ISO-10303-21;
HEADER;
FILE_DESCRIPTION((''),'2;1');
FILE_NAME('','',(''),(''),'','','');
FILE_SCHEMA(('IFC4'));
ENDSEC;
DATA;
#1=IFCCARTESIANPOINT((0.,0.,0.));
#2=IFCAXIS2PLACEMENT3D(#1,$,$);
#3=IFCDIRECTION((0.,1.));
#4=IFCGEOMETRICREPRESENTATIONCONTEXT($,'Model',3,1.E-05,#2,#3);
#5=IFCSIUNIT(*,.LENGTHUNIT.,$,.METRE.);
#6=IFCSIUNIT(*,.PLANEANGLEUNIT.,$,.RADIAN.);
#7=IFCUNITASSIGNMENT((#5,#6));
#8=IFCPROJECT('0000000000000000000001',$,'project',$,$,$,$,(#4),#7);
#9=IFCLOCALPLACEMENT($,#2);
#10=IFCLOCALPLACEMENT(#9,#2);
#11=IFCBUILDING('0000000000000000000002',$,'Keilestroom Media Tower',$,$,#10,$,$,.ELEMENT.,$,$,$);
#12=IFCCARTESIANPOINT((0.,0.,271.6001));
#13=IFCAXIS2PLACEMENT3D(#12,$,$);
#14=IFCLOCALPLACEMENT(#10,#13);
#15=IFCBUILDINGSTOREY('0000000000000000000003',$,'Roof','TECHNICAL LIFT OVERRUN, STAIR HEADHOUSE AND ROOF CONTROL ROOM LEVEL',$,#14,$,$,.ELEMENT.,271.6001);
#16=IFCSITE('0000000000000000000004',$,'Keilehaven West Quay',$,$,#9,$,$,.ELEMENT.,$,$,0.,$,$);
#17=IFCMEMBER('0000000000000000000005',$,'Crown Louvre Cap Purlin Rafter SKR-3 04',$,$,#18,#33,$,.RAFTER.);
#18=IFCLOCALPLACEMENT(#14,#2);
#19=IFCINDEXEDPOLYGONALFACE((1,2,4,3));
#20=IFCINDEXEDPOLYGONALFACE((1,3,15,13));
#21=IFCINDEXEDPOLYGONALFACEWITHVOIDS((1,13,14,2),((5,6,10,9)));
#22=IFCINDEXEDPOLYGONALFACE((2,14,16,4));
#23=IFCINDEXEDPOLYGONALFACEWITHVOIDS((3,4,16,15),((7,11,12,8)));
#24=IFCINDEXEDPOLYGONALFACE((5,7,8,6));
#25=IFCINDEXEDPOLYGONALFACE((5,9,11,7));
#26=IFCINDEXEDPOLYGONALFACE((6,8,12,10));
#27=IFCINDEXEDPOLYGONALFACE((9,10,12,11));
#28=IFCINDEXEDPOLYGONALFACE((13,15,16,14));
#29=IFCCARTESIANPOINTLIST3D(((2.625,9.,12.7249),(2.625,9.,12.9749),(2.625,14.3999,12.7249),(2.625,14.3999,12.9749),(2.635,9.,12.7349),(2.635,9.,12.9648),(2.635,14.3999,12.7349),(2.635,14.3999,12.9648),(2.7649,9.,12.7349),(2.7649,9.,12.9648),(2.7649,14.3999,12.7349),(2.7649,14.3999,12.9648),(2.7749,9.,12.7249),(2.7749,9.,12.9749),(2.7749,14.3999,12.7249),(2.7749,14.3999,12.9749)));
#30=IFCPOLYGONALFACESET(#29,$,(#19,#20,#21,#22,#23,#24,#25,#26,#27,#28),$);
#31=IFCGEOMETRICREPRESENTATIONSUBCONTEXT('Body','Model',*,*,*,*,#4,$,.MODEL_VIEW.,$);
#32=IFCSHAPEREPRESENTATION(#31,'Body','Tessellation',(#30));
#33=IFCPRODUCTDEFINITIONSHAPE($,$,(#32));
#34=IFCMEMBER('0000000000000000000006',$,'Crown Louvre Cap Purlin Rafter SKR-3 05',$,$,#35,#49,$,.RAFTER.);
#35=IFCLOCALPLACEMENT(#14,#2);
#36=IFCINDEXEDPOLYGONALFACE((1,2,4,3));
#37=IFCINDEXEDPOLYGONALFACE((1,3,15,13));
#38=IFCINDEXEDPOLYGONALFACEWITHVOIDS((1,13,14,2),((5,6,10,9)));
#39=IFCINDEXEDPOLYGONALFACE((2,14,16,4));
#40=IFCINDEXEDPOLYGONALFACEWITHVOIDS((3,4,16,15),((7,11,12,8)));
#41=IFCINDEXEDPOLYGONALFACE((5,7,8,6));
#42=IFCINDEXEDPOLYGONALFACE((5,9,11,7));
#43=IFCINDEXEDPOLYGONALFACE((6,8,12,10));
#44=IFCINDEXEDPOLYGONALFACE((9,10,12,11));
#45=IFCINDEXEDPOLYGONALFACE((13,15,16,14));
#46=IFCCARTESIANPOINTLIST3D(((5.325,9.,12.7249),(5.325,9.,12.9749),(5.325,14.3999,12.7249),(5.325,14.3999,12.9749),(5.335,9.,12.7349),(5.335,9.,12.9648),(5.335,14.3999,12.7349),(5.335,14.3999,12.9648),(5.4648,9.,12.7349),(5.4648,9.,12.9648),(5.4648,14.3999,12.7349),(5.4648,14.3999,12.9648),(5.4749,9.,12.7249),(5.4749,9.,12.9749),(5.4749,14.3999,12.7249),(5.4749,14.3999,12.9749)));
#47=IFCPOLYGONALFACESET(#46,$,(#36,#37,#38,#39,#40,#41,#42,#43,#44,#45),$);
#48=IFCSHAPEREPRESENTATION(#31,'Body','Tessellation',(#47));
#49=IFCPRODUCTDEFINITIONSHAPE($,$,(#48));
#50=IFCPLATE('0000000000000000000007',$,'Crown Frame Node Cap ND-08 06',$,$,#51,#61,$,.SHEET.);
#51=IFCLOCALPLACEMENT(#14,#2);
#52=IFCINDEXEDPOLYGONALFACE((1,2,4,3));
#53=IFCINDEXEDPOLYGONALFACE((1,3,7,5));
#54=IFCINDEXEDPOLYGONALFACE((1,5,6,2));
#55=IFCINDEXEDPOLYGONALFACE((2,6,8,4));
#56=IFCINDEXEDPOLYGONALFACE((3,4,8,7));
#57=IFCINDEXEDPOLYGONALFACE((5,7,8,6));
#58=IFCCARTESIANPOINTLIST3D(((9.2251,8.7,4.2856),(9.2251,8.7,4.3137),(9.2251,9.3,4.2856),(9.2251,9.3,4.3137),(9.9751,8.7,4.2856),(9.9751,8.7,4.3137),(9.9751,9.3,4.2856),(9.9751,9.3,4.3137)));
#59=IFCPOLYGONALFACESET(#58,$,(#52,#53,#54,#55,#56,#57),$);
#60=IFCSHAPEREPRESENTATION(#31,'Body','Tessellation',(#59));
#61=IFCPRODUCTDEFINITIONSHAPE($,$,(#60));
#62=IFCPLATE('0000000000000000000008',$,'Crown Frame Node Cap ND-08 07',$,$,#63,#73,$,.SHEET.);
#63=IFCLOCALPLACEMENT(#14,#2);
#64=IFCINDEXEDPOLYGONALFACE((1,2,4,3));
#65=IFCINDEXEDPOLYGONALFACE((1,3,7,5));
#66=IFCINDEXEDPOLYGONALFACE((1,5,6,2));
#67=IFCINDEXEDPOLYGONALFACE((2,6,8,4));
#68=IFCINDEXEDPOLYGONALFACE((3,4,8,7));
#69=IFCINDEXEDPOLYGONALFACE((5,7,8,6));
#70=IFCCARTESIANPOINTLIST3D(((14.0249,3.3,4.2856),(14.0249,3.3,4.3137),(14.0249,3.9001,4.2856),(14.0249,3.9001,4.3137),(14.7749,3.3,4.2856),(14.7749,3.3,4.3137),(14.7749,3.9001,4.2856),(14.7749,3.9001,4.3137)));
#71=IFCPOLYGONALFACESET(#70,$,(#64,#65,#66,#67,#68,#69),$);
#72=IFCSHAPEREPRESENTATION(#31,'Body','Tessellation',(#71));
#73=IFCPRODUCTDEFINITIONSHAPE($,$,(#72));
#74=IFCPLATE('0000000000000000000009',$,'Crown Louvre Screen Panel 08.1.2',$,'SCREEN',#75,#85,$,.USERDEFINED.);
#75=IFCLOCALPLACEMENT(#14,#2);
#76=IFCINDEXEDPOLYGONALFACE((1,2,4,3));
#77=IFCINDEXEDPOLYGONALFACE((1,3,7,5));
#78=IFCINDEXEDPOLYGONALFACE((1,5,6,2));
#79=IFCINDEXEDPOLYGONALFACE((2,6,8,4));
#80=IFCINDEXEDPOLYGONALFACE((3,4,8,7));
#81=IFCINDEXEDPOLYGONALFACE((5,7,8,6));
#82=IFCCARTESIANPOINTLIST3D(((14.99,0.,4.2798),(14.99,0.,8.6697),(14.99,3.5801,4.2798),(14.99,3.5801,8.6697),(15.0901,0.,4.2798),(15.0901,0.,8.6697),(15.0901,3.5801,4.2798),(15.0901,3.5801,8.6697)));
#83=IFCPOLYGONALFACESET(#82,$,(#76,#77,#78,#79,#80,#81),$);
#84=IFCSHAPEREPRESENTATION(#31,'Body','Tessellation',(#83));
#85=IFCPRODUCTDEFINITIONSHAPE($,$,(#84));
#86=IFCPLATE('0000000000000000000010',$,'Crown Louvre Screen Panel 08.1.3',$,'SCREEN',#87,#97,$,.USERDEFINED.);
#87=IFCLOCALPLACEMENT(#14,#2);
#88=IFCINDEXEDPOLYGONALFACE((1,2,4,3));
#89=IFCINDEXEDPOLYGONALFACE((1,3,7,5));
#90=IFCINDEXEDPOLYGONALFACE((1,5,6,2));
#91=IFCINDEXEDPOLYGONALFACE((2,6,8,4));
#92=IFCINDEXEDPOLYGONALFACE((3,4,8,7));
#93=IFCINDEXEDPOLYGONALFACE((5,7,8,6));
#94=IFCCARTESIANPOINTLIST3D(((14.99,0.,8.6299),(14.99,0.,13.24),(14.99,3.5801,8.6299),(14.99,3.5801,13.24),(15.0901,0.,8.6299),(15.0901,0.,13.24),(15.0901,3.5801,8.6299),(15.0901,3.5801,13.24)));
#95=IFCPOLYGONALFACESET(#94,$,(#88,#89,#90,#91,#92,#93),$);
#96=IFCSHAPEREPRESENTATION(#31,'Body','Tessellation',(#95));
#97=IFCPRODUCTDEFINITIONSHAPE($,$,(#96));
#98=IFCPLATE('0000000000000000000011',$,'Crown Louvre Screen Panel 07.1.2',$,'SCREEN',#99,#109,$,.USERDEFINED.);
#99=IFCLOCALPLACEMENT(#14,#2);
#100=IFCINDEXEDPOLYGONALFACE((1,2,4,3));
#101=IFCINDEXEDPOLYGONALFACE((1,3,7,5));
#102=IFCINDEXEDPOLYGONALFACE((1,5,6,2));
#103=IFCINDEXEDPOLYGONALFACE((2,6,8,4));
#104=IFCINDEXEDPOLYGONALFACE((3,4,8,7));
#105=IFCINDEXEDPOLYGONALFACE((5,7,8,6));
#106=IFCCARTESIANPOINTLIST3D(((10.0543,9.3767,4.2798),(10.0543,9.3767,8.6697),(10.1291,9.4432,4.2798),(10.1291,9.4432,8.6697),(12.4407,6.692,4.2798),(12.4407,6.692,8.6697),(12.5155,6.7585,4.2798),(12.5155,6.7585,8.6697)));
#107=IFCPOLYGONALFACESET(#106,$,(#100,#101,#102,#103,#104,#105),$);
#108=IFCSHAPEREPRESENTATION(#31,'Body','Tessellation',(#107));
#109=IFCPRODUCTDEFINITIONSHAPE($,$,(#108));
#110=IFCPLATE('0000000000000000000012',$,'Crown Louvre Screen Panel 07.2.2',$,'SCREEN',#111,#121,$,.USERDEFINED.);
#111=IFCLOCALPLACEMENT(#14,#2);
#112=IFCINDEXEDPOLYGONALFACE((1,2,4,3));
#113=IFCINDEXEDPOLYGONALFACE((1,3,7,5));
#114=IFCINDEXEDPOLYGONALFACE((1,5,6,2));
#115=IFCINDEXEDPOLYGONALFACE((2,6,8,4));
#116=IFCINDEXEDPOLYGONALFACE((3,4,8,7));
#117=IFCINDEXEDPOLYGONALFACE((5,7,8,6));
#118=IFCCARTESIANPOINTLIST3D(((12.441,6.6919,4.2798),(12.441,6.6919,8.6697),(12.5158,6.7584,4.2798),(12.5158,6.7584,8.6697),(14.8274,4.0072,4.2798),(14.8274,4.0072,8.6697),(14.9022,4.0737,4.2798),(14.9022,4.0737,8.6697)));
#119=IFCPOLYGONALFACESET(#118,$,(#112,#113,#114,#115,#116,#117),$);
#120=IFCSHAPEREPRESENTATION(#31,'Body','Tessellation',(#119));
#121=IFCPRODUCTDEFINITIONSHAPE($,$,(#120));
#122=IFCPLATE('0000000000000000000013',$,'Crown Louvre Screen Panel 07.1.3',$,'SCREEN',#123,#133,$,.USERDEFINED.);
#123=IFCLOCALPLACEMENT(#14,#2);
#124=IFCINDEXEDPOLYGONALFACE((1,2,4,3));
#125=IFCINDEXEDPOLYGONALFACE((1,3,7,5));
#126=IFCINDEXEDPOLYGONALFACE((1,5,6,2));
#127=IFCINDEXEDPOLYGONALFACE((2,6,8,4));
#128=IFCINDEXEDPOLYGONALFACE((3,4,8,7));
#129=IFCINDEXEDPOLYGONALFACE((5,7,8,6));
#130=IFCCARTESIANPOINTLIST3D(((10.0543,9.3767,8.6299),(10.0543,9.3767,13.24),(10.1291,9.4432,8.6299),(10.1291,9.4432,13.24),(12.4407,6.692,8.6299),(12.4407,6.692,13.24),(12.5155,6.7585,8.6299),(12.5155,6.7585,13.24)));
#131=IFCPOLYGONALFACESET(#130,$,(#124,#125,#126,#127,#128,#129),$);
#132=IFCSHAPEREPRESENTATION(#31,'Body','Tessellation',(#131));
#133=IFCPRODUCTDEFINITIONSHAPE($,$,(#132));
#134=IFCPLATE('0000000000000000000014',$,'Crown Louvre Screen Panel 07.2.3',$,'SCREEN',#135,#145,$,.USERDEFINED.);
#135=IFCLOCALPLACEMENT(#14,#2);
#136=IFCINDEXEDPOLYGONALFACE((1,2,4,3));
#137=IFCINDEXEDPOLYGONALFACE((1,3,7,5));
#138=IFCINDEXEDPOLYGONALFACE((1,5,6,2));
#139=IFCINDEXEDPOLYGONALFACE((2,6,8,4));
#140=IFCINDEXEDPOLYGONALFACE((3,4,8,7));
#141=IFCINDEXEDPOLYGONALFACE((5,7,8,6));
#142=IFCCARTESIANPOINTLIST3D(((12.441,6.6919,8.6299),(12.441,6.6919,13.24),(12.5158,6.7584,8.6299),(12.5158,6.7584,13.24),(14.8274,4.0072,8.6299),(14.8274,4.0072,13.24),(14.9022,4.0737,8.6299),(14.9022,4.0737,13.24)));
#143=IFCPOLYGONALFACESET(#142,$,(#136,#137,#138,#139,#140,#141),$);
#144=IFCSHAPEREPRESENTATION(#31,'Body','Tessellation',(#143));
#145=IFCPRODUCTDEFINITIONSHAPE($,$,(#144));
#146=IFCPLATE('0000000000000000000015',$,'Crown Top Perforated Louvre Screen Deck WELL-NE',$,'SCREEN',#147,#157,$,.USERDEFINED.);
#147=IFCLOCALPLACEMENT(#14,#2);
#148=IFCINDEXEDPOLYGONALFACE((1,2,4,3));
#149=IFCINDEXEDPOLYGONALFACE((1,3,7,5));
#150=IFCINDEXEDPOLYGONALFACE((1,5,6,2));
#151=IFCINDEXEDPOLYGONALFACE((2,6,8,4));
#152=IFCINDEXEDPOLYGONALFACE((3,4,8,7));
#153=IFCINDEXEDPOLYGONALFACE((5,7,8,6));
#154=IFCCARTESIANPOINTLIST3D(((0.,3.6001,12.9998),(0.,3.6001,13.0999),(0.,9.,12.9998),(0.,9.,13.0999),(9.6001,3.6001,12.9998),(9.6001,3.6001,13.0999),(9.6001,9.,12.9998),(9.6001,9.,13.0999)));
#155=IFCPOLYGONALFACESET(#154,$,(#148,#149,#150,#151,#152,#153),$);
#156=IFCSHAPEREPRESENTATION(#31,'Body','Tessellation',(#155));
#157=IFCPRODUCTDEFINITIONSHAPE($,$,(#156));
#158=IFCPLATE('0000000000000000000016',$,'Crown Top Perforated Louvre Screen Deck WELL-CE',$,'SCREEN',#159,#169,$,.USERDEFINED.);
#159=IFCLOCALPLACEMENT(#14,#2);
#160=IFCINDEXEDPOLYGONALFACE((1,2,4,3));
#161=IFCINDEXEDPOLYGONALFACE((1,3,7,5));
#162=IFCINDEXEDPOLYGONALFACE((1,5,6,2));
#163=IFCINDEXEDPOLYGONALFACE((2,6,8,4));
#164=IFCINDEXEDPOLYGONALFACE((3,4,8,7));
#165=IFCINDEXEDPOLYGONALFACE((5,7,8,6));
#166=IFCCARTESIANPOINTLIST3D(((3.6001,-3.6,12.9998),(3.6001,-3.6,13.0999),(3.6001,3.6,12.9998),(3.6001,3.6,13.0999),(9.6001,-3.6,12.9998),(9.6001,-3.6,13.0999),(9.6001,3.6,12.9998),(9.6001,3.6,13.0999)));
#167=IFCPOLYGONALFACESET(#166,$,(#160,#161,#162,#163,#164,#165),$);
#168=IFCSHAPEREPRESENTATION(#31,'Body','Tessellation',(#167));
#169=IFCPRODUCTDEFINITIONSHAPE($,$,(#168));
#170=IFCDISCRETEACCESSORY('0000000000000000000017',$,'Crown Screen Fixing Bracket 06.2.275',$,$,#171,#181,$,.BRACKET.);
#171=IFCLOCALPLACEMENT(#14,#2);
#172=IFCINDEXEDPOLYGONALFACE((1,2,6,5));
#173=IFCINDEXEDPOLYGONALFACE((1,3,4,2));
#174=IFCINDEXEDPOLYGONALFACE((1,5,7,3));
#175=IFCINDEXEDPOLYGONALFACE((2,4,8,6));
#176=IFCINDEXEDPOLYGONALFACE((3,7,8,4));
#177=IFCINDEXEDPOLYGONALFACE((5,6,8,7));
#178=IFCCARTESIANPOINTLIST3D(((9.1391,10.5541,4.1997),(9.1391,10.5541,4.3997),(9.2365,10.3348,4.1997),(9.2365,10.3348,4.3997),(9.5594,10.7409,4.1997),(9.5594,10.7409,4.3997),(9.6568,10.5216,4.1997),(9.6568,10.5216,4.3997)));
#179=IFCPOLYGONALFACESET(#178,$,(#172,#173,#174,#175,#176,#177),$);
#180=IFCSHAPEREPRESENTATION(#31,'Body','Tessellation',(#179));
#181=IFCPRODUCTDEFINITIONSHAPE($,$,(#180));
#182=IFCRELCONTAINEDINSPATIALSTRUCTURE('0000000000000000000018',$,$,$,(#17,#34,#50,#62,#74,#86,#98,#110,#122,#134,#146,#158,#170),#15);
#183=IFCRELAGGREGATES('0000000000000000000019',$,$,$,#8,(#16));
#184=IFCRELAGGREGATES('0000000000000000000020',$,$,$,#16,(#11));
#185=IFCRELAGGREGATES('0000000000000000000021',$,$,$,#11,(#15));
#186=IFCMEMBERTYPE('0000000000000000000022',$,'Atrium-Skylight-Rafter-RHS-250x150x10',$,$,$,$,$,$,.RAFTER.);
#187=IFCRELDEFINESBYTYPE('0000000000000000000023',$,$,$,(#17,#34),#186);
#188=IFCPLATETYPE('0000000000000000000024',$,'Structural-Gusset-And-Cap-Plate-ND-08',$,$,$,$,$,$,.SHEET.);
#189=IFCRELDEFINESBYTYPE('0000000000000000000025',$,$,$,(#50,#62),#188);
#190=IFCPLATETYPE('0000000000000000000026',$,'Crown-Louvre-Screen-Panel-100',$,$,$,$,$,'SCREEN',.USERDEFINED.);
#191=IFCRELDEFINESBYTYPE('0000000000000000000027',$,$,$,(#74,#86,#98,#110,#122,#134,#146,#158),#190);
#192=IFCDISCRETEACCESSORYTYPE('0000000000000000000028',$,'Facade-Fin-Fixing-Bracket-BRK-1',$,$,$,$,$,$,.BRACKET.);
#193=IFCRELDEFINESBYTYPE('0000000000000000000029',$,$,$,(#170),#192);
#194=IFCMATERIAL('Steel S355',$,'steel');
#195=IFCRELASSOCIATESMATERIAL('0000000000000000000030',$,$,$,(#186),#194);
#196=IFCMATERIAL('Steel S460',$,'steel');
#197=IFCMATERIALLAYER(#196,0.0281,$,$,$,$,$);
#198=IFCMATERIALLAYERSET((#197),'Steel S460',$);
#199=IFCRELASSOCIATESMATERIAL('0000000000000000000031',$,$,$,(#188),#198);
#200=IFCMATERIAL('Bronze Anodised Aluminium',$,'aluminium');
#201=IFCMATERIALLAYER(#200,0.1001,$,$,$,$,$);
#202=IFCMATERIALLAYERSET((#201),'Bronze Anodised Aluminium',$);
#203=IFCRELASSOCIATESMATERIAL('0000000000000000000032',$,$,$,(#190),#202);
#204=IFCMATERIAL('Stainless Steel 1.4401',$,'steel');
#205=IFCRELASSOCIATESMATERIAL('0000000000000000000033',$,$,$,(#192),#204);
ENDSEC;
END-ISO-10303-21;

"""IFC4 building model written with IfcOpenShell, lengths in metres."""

from ifc_helpers import new_model, si_unit, direction, frame, origin, origin_2d, place, context, subcontext, project, spatial, rectangle, hollow_rectangle, extrude, source, transform, mapped, material, layer, layer_set, material_profile, profile_set, type_object, element, save


model = new_model("IFC4")

# Units and contexts
model_context = context("Model", 3, precision=1e-05, world=origin(), true_north=direction((0.0, 1.0)))
body_context = subcontext(model_context, "Body", "Model", "MODEL_VIEW")
ifc_project = project(units=[si_unit("LENGTHUNIT", "METRE"), si_unit("PLANEANGLEUNIT", "RADIAN")], contexts=[model_context])

# Site, building, storey
site_placement = place(None, origin())
site = spatial("IfcSite", under=ifc_project, at=site_placement, Name="Keilehaven West Quay", CompositionType="ELEMENT", RefElevation=0.0)
building_placement = place(site_placement, origin())
building = spatial("IfcBuilding", under=site, at=building_placement, Name="Keilestroom Media Tower", CompositionType="ELEMENT")
storey_placement = place(building_placement, frame((0.0, 0.0, 271.6001)))
storey = spatial("IfcBuildingStorey", under=building, at=storey_placement, Name="Roof", Description="TECHNICAL LIFT OVERRUN, STAIR HEADHOUSE AND ROOF CONTROL ROOM LEVEL", CompositionType="ELEMENT", Elevation=271.6001)

# Members
ifc_material_1 = material(Name="Steel S355", Category="steel")
ifc_material_profile_1 = material_profile(ifc_material_1, hollow_rectangle(XDim=0.1499, YDim=0.25, WallThickness=0.01, at=origin_2d()), Name="RHS 250x150x10")
ifc_profile_set_1 = profile_set([ifc_material_profile_1], Name="Steel S355")
member_type_1 = type_object("IfcMemberType", Name="Atrium-Skylight-Rafter-RHS-250x150x10", PredefinedType="RAFTER", material=ifc_profile_set_1)
shared_shape_1 = source(origin(), body_context, "Body", "SweptSolid", [
    extrude(hollow_rectangle(XDim=0.1499, YDim=0.25, WallThickness=0.01, at=origin_2d()), origin(), (0.0, 0.0, 1.0), 5.3999),
])
for number, where, z_axis, x_axis, name in (
    (1, (2.7, 9.0, 12.8499), (0.0, 1.0, 0.0), (-1.0, 0.0, 0.0), "Crown Louvre Cap Purlin Rafter SKR-3 04"),
    (2, (5.3999, 9.0, 12.8499), (0.0, 1.0, 0.0), (-1.0, 0.0, 0.0), "Crown Louvre Cap Purlin Rafter SKR-3 05"),
):
    element("IfcMember", number, at=place(storey_placement, frame(where, z_axis=z_axis, x_axis=x_axis)), inside=storey, type_object=member_type_1, Name=name, PredefinedType="RAFTER", context=body_context, shape_type="MappedRepresentation", body=[
        mapped(shared_shape_1, transform((0.0, 0.0, 0.0), x_axis=(1.0, 0.0, 0.0), y_axis=(0.0, 1.0, 0.0), z_axis=(0.0, 0.0, 1.0), scale=1.0)),
    ])

# Plates
ifc_material_2 = material(Name="Steel S460", Category="steel")
ifc_layer_1 = layer(ifc_material_2, 0.0281)
ifc_layer_set_1 = layer_set([ifc_layer_1], Name="Steel S460")
plate_type_1 = type_object("IfcPlateType", Name="Structural-Gusset-And-Cap-Plate-ND-08", PredefinedType="SHEET", material=ifc_layer_set_1)
shared_shape_2 = source(origin(), body_context, "Body", "SweptSolid", [
    extrude(rectangle(XDim=0.75, YDim=0.6001, at=origin_2d()), origin(), (0.0, 0.0, 1.0), 0.0281),
])
for number, where, z_axis, x_axis, name in (
    (3, (9.6001, 9.0, 4.2856), (0.0, 0.0, 1.0), (1.0, 0.0, 0.0), "Crown Frame Node Cap ND-08 06"),
    (4, (14.3999, 3.6001, 4.2856), (0.0, 0.0, 1.0), (1.0, 0.0, 0.0), "Crown Frame Node Cap ND-08 07"),
):
    element("IfcPlate", number, at=place(storey_placement, frame(where, z_axis=z_axis, x_axis=x_axis)), inside=storey, type_object=plate_type_1, Name=name, PredefinedType="SHEET", context=body_context, shape_type="MappedRepresentation", body=[
        mapped(shared_shape_2, transform((0.0, 0.0, 0.0), x_axis=(1.0, 0.0, 0.0), y_axis=(0.0, 1.0, 0.0), z_axis=(0.0, 0.0, 1.0), scale=1.0)),
    ])
ifc_material_3 = material(Name="Bronze Anodised Aluminium", Category="aluminium")
ifc_layer_2 = layer(ifc_material_3, 0.1001)
ifc_layer_set_2 = layer_set([ifc_layer_2], Name="Bronze Anodised Aluminium")
plate_type_2 = type_object("IfcPlateType", Name="Crown-Louvre-Screen-Panel-100", ElementType="SCREEN", PredefinedType="USERDEFINED", material=ifc_layer_set_2)
shared_shape_3 = source(origin(), body_context, "Body", "SweptSolid", [
    extrude(rectangle(XDim=3.5801, YDim=0.1001, at=origin_2d()), origin(), (0.0, 0.0, 1.0), 4.3899),
])
plate_1_placement = place(storey_placement, frame((15.04, 1.79, 4.2798), z_axis=(0.0, 0.0, 1.0), x_axis=(0.0, -1.0, 0.0)))
element("IfcPlate", 5, at=plate_1_placement, inside=storey, type_object=plate_type_2, Name="Crown Louvre Screen Panel 08.1.2", ObjectType="SCREEN", PredefinedType="USERDEFINED", context=body_context, shape_type="MappedRepresentation", body=[
    mapped(shared_shape_3, transform((0.0, 0.0, 0.0), x_axis=(1.0, 0.0, 0.0), y_axis=(0.0, 1.0, 0.0), z_axis=(0.0, 0.0, 1.0), scale=1.0)),
])
shared_shape_4 = source(origin(), body_context, "Body", "SweptSolid", [
    extrude(rectangle(XDim=3.5801, YDim=0.1001, at=origin_2d()), origin(), (0.0, 0.0, 1.0), 4.6101),
])
plate_2_placement = place(storey_placement, frame((15.04, 1.79, 8.6299), z_axis=(0.0, 0.0, 1.0), x_axis=(0.0, -1.0, 0.0)))
element("IfcPlate", 6, at=plate_2_placement, inside=storey, type_object=plate_type_2, Name="Crown Louvre Screen Panel 08.1.3", ObjectType="SCREEN", PredefinedType="USERDEFINED", context=body_context, shape_type="MappedRepresentation", body=[
    mapped(shared_shape_4, transform((0.0, 0.0, 0.0), x_axis=(1.0, 0.0, 0.0), y_axis=(0.0, 1.0, 0.0), z_axis=(0.0, 0.0, 1.0), scale=1.0)),
])
shared_shape_5 = source(origin(), body_context, "Body", "SweptSolid", [
    extrude(rectangle(XDim=3.592, YDim=0.1001, at=origin_2d()), origin(), (0.0, 0.0, 1.0), 4.3899),
])
for number, where, z_axis, x_axis, name in (
    (7, (11.2849, 8.0676, 4.2798), (0.0, 0.0, 1.0), (0.664363, -0.74741, 0.0), "Crown Louvre Screen Panel 07.1.2"),
    (8, (13.6716, 5.3828, 4.2798), (0.0, 0.0, 1.0), (0.664363, -0.74741, 0.0), "Crown Louvre Screen Panel 07.2.2"),
):
    element("IfcPlate", number, at=place(storey_placement, frame(where, z_axis=z_axis, x_axis=x_axis)), inside=storey, type_object=plate_type_2, Name=name, ObjectType="SCREEN", PredefinedType="USERDEFINED", context=body_context, shape_type="MappedRepresentation", body=[
        mapped(shared_shape_5, transform((0.0, 0.0, 0.0), x_axis=(1.0, 0.0, 0.0), y_axis=(0.0, 1.0, 0.0), z_axis=(0.0, 0.0, 1.0), scale=1.0)),
    ])
shared_shape_6 = source(origin(), body_context, "Body", "SweptSolid", [
    extrude(rectangle(XDim=3.592, YDim=0.1001, at=origin_2d()), origin(), (0.0, 0.0, 1.0), 4.6101),
])
for number, where, z_axis, x_axis, name in (
    (9, (11.2849, 8.0676, 8.6299), (0.0, 0.0, 1.0), (0.664363, -0.74741, 0.0), "Crown Louvre Screen Panel 07.1.3"),
    (10, (13.6716, 5.3828, 8.6299), (0.0, 0.0, 1.0), (0.664363, -0.74741, 0.0), "Crown Louvre Screen Panel 07.2.3"),
):
    element("IfcPlate", number, at=place(storey_placement, frame(where, z_axis=z_axis, x_axis=x_axis)), inside=storey, type_object=plate_type_2, Name=name, ObjectType="SCREEN", PredefinedType="USERDEFINED", context=body_context, shape_type="MappedRepresentation", body=[
        mapped(shared_shape_6, transform((0.0, 0.0, 0.0), x_axis=(1.0, 0.0, 0.0), y_axis=(0.0, 1.0, 0.0), z_axis=(0.0, 0.0, 1.0), scale=1.0)),
    ])
shared_shape_7 = source(origin(), body_context, "Body", "SweptSolid", [
    extrude(rectangle(XDim=9.6001, YDim=5.3999, at=origin_2d()), origin(), (0.0, 0.0, 1.0), 0.1001),
])
plate_3_placement = place(storey_placement, frame((4.8, 6.3, 12.9998), z_axis=(0.0, 0.0, 1.0), x_axis=(1.0, 0.0, 0.0)))
element("IfcPlate", 11, at=plate_3_placement, inside=storey, type_object=plate_type_2, Name="Crown Top Perforated Louvre Screen Deck WELL-NE", ObjectType="SCREEN", PredefinedType="USERDEFINED", context=body_context, shape_type="MappedRepresentation", body=[
    mapped(shared_shape_7, transform((0.0, 0.0, 0.0), x_axis=(1.0, 0.0, 0.0), y_axis=(0.0, 1.0, 0.0), z_axis=(0.0, 0.0, 1.0), scale=1.0)),
])
shared_shape_8 = source(origin(), body_context, "Body", "SweptSolid", [
    extrude(rectangle(XDim=6.0, YDim=7.2, at=origin_2d()), origin(), (0.0, 0.0, 1.0), 0.1001),
])
plate_4_placement = place(storey_placement, frame((6.6001, 0.0, 12.9998), z_axis=(0.0, 0.0, 1.0), x_axis=(1.0, 0.0, 0.0)))
element("IfcPlate", 12, at=plate_4_placement, inside=storey, type_object=plate_type_2, Name="Crown Top Perforated Louvre Screen Deck WELL-CE", ObjectType="SCREEN", PredefinedType="USERDEFINED", context=body_context, shape_type="MappedRepresentation", body=[
    mapped(shared_shape_8, transform((0.0, 0.0, 0.0), x_axis=(1.0, 0.0, 0.0), y_axis=(0.0, 1.0, 0.0), z_axis=(0.0, 0.0, 1.0), scale=1.0)),
])

# Discrete accessory
ifc_material_4 = material(Name="Stainless Steel 1.4401", Category="steel")
discrete_accessory_type = type_object("IfcDiscreteAccessoryType", Name="Facade-Fin-Fixing-Bracket-BRK-1", PredefinedType="BRACKET", material=ifc_material_4)
shared_shape_9 = source(origin(), body_context, "Body", "SweptSolid", [
    extrude(rectangle(XDim=0.24, YDim=0.46, at=origin_2d()), origin(), (0.0, 0.0, 1.0), 0.2),
])
for number, where, z_axis, x_axis, name in (
    (13, (9.3979, 10.5378, 4.1997), (0.0, 0.0, 1.0), (0.406139, -0.913811, 0.0), "Crown Screen Fixing Bracket 06.2.275"),
):
    element("IfcDiscreteAccessory", number, at=place(storey_placement, frame(where, z_axis=z_axis, x_axis=x_axis)), inside=storey, type_object=discrete_accessory_type, Name=name, PredefinedType="BRACKET", context=body_context, shape_type="MappedRepresentation", body=[
        mapped(shared_shape_9, transform((0.0, 0.0, 0.0), x_axis=(1.0, 0.0, 0.0), y_axis=(0.0, 1.0, 0.0), z_axis=(0.0, 0.0, 1.0), scale=1.0)),
    ])

save(model, "model.ifc")
